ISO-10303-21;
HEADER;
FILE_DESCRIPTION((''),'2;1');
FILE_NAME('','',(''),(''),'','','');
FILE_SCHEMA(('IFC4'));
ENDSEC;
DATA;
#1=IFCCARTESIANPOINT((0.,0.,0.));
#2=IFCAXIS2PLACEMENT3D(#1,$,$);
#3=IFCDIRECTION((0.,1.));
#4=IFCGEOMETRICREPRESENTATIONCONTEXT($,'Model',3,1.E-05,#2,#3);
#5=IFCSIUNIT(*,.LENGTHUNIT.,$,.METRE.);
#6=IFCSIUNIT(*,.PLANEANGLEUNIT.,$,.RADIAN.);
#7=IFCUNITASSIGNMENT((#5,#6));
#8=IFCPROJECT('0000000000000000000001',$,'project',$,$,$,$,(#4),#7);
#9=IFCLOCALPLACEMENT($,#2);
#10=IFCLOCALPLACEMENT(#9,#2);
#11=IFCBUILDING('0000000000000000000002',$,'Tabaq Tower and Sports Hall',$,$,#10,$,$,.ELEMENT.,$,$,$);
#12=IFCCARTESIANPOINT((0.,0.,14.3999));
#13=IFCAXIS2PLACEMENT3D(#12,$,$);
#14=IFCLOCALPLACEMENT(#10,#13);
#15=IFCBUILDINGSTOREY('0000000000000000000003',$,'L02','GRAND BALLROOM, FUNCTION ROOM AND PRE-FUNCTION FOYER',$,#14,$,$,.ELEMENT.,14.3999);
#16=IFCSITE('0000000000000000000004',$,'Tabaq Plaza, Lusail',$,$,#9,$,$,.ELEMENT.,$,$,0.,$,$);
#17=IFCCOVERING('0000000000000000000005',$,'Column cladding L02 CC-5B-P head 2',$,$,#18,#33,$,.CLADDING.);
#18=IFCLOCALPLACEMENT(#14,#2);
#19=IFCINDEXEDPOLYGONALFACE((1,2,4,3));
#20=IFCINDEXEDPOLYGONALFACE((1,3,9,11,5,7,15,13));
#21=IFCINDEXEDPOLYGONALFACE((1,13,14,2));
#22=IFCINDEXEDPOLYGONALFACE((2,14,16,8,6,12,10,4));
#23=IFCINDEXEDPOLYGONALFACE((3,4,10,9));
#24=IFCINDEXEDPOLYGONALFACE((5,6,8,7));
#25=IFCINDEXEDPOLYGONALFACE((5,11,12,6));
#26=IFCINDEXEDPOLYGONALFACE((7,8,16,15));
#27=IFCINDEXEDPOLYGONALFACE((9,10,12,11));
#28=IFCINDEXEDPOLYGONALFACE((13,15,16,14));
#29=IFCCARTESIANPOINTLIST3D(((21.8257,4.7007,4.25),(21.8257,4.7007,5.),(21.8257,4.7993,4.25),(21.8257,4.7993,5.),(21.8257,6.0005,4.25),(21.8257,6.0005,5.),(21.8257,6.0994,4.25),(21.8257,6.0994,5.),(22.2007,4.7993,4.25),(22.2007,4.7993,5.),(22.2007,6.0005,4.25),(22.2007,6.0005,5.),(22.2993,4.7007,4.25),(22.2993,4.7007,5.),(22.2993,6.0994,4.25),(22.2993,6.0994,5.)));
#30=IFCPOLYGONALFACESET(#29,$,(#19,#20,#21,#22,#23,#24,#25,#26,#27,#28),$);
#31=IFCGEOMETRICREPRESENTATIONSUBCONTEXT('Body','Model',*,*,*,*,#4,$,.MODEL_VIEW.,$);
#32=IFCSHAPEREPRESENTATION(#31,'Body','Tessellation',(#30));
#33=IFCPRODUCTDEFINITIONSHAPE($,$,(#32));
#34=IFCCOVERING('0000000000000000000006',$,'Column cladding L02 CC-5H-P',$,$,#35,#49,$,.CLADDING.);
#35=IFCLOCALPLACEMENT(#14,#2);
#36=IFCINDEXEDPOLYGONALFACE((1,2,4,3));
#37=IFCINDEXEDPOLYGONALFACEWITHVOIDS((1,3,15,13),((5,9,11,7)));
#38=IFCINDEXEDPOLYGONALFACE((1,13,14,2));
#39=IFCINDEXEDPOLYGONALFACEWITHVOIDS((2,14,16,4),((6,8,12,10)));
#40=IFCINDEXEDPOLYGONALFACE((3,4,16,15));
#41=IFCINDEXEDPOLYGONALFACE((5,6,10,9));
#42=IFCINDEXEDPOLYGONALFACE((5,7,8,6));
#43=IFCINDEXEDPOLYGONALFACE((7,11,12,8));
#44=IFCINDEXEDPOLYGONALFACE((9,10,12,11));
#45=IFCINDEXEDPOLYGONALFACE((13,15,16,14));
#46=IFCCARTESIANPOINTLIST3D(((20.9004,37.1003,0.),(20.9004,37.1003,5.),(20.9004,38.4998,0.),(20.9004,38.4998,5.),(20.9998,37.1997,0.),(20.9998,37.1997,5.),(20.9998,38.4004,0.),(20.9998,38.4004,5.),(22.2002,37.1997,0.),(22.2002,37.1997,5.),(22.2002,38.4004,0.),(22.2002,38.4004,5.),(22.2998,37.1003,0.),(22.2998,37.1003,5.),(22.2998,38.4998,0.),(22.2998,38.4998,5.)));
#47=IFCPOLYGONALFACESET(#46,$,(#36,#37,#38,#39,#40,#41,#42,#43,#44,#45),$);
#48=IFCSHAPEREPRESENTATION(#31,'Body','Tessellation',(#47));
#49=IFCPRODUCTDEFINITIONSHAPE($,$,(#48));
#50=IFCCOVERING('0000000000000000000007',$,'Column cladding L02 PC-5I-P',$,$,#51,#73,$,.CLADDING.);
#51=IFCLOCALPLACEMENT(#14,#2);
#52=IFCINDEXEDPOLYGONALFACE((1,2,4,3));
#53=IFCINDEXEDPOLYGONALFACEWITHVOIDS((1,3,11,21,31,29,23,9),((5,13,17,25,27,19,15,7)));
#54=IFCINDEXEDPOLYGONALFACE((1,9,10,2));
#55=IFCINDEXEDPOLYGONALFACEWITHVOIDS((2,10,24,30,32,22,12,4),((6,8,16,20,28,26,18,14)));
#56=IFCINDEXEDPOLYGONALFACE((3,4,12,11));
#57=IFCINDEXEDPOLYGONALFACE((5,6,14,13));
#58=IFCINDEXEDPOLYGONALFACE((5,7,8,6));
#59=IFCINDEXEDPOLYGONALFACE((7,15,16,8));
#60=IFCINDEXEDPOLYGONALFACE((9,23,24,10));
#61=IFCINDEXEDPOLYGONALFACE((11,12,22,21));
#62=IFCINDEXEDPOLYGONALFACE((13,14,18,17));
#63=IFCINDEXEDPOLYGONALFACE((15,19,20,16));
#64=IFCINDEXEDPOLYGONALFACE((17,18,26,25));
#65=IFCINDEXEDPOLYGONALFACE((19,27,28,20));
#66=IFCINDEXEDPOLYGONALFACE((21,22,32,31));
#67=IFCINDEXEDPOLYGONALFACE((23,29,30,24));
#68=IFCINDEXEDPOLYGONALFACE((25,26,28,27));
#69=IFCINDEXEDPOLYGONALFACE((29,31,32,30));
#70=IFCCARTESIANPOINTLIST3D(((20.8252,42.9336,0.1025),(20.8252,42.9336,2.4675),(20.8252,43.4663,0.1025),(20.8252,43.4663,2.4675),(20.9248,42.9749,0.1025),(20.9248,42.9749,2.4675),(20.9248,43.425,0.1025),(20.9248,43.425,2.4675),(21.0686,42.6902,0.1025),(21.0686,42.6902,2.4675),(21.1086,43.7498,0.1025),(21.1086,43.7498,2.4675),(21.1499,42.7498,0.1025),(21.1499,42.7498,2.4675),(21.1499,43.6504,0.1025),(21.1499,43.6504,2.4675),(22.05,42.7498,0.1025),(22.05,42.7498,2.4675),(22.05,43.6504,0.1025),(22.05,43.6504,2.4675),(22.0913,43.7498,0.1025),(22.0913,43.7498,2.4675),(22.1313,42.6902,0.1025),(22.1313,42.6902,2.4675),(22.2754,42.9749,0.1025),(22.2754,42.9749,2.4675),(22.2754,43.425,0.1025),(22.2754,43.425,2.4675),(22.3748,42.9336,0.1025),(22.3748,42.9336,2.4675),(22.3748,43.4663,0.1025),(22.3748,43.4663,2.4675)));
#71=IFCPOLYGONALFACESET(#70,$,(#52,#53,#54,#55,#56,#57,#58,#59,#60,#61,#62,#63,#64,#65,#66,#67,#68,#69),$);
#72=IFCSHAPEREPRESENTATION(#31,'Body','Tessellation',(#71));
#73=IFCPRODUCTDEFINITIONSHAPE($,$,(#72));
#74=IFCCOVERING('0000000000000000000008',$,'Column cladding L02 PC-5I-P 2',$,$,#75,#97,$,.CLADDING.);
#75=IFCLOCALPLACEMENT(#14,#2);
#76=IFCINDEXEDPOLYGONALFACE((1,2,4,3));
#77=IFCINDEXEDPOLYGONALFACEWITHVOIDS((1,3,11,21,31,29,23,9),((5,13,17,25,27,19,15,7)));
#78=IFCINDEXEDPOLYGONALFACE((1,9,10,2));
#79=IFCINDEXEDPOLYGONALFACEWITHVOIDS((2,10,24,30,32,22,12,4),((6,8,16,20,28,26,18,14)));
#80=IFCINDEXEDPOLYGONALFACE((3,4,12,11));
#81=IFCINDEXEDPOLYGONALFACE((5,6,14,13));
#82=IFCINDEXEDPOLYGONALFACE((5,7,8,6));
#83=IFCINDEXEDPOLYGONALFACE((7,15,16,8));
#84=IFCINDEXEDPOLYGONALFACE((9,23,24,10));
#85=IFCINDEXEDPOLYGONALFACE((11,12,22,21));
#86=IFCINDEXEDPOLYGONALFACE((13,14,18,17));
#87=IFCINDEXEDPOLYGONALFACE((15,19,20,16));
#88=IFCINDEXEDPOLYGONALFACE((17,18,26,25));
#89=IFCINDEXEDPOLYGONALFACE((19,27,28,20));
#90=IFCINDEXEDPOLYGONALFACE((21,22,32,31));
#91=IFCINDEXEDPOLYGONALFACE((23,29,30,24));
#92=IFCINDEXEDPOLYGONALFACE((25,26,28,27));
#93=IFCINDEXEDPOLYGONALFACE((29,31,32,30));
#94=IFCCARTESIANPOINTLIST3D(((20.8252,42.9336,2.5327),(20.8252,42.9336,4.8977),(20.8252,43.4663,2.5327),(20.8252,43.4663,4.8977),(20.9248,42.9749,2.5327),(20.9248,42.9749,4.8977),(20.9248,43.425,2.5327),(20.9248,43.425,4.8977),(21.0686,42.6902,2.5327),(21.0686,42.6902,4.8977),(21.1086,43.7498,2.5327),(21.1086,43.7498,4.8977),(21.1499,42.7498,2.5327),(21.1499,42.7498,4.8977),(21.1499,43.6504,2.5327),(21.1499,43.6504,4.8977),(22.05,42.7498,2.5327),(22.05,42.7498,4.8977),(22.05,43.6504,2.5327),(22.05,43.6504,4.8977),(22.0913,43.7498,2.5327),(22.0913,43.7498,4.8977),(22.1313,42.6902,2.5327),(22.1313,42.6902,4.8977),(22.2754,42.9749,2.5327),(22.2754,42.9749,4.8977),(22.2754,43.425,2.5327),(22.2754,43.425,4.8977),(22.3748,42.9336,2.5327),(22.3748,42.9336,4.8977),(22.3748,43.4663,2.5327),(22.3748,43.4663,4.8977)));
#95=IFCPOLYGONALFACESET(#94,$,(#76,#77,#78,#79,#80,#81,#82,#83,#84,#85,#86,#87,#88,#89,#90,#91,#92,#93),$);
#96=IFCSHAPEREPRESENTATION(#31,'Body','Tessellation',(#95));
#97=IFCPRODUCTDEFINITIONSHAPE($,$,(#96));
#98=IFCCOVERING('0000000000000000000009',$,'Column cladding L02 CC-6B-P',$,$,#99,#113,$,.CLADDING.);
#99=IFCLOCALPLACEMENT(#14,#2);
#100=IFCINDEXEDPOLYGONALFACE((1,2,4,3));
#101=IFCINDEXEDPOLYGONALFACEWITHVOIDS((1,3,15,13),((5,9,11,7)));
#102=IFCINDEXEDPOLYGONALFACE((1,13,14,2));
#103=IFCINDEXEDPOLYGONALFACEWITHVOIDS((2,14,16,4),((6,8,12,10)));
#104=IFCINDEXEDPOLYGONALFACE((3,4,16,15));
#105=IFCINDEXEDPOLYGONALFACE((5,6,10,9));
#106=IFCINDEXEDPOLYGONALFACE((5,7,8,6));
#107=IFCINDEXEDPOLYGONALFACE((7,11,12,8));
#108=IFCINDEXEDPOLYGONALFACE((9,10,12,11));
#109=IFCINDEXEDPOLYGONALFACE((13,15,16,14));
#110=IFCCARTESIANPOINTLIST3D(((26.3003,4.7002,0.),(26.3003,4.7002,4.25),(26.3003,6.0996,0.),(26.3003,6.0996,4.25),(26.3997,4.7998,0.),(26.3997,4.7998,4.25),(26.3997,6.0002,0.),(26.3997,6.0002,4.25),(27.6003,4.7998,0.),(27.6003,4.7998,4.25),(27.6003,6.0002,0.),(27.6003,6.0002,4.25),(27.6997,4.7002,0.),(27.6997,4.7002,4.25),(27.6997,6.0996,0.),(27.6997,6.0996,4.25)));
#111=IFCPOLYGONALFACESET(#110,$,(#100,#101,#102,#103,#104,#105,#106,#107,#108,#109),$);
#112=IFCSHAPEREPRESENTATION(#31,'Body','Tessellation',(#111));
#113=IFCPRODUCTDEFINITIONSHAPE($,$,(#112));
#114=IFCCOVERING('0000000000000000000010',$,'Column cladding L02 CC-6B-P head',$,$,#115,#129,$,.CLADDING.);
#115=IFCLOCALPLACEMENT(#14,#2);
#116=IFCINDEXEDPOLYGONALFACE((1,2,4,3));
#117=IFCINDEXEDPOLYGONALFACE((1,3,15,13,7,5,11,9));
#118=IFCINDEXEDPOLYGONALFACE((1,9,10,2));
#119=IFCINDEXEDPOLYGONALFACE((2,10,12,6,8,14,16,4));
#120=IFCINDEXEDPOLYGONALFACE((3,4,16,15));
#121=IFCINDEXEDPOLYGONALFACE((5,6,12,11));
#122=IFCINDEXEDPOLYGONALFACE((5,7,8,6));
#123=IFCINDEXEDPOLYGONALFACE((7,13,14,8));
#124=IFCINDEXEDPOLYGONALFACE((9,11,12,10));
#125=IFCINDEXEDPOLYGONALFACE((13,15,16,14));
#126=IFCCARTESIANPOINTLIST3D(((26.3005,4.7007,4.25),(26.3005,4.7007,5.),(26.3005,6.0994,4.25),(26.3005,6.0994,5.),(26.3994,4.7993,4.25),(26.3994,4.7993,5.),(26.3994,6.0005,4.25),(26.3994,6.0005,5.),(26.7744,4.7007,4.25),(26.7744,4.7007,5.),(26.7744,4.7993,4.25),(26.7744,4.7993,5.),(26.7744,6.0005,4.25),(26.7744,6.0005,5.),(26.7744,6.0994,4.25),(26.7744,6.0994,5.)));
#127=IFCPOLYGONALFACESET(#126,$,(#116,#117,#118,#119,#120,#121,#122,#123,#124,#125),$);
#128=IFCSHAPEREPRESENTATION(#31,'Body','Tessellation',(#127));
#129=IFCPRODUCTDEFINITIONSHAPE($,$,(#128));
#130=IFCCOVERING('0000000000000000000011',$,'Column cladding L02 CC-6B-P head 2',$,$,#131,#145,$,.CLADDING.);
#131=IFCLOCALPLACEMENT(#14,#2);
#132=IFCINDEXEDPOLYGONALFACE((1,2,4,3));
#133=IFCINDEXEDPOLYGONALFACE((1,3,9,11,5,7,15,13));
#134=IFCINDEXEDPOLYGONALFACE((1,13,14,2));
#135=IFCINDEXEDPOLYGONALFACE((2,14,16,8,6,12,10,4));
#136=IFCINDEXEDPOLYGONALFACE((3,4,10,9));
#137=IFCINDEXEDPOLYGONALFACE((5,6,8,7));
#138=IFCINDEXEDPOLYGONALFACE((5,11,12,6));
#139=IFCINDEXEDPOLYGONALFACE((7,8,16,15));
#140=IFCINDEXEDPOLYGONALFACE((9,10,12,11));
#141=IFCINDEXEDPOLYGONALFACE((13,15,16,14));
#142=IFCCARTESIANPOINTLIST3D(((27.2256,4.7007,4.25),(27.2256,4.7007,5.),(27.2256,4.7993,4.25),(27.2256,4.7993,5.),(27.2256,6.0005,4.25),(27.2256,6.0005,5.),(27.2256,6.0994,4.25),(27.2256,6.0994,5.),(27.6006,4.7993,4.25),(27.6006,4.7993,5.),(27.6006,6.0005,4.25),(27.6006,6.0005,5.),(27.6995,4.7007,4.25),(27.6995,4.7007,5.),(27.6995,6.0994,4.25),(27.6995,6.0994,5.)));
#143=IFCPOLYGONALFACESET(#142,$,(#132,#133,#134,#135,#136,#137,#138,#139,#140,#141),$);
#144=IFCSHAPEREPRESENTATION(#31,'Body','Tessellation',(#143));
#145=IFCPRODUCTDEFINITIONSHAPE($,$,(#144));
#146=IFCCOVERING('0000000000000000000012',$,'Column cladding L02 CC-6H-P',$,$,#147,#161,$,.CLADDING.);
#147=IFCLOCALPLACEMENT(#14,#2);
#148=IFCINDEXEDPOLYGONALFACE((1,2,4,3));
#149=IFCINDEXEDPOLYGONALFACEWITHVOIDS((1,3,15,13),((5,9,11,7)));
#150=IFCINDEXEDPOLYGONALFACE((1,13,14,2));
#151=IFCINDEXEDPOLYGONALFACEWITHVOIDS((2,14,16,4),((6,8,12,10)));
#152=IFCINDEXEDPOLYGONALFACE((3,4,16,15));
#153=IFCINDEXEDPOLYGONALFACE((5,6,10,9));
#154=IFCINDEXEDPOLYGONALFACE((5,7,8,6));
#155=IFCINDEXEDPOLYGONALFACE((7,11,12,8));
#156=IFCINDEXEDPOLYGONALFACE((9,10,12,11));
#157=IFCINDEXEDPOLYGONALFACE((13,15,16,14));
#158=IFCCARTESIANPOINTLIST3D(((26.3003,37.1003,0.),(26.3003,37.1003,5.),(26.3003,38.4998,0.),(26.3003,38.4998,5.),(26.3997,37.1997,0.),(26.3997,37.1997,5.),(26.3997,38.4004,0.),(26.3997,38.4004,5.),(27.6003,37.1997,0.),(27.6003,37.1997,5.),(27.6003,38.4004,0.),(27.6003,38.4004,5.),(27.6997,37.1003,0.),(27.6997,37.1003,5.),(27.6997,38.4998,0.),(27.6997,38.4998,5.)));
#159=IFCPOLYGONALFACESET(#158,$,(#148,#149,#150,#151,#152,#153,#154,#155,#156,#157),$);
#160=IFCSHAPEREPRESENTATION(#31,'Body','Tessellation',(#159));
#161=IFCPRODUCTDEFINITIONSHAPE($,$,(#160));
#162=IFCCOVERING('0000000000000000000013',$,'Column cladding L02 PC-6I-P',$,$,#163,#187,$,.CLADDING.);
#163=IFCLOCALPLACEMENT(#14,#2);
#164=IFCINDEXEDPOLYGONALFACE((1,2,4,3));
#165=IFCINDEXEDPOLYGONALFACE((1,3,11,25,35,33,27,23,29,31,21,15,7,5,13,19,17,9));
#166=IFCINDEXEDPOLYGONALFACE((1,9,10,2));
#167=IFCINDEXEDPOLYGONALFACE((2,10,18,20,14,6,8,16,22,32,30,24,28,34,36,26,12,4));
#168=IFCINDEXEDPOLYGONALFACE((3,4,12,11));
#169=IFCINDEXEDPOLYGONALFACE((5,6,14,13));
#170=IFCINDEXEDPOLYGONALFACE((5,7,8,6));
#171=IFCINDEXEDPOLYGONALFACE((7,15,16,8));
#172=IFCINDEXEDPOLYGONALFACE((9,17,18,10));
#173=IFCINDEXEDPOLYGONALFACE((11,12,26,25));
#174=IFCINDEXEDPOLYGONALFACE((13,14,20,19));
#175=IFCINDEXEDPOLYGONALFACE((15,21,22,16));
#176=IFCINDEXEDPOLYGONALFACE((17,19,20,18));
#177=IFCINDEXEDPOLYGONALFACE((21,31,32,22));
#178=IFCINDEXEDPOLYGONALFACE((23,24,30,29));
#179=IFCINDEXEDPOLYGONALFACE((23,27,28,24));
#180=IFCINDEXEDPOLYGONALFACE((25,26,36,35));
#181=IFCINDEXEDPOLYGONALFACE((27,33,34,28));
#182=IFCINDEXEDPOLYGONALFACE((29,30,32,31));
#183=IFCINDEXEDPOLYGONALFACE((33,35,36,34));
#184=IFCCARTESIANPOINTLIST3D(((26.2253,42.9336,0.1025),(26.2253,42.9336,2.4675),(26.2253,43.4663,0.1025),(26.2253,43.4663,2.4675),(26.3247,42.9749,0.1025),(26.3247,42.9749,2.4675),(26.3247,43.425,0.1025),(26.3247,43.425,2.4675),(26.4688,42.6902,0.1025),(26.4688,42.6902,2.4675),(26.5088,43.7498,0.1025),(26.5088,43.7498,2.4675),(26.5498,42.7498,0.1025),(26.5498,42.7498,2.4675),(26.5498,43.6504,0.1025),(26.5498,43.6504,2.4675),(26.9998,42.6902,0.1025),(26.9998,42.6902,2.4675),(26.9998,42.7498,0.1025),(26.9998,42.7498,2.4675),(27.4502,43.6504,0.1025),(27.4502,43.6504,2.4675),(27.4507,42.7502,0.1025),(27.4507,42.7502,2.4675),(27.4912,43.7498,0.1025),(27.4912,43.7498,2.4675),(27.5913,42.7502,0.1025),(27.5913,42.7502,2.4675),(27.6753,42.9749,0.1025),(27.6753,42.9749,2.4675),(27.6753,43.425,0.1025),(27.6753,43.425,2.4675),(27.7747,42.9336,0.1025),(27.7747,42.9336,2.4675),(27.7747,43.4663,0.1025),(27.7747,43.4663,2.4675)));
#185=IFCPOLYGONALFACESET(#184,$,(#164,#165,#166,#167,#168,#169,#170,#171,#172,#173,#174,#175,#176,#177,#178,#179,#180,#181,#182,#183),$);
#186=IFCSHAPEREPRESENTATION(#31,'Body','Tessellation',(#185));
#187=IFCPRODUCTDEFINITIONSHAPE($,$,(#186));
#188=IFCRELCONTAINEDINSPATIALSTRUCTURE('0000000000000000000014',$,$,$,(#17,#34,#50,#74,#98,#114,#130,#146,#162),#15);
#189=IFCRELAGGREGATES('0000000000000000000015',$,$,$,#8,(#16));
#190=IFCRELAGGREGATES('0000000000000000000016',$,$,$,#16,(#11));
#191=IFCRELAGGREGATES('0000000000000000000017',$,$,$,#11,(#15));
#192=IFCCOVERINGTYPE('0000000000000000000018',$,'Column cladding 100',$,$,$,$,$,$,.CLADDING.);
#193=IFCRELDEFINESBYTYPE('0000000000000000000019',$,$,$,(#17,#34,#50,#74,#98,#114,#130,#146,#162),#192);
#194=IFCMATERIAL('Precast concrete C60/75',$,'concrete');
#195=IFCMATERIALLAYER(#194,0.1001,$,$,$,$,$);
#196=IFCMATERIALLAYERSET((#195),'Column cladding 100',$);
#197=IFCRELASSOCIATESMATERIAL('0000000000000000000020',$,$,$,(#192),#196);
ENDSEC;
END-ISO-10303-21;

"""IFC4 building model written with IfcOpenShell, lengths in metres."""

from ifc_helpers import new_model, si_unit, direction, frame, origin, place, context, subcontext, project, spatial, polyline, outline, extrude, material, layer, layer_set, type_object, element, save


model = new_model("IFC4")

# Units and contexts
model_context = context("Model", 3, precision=1e-05, world=origin(), true_north=direction((0.0, 1.0)))
body_context = subcontext(model_context, "Body", "Model", "MODEL_VIEW")
ifc_project = project(units=[si_unit("LENGTHUNIT", "METRE"), si_unit("PLANEANGLEUNIT", "RADIAN")], contexts=[model_context])

# Site, building, storey
site_placement = place(None, origin())
site = spatial("IfcSite", under=ifc_project, at=site_placement, Name="Tabaq Plaza, Lusail", CompositionType="ELEMENT", RefElevation=0.0)
building_placement = place(site_placement, origin())
building = spatial("IfcBuilding", under=site, at=building_placement, Name="Tabaq Tower and Sports Hall", CompositionType="ELEMENT")
storey_placement = place(building_placement, frame((0.0, 0.0, 14.3999)))
storey = spatial("IfcBuildingStorey", under=building, at=storey_placement, Name="L02", Description="GRAND BALLROOM, FUNCTION ROOM AND PRE-FUNCTION FOYER", CompositionType="ELEMENT", Elevation=14.3999)

# Coverings
ifc_material = material(Name="Precast concrete C60/75", Category="concrete")
ifc_layer = layer(ifc_material, 0.1001)
ifc_layer_set = layer_set([ifc_layer], Name="Column cladding 100")
covering_type = type_object("IfcCoveringType", Name="Column cladding 100", PredefinedType="CLADDING", material=ifc_layer_set)
covering_1_placement = place(storey_placement, frame((0.0, 0.0, 4.25)))
element("IfcCovering", 1, at=covering_1_placement, inside=storey, type_object=covering_type, Name="Column cladding L02 CC-5B-P head 2", PredefinedType="CLADDING", context=body_context, shape_type="SweptSolid", body=[
    extrude(outline(polyline([(21.8257, 4.7993), (22.2007, 4.7993), (22.2007, 6.0005), (21.8257, 6.0005), (21.8257, 6.0994), (22.2993, 6.0994), (22.2993, 4.7007), (21.8257, 4.7007), (21.8257, 4.7993)])), origin(), (0.0, 0.0, 1.0), 0.75),
])
covering_2_placement = place(storey_placement, origin())
element("IfcCovering", 2, at=covering_2_placement, inside=storey, type_object=covering_type, Name="Column cladding L02 CC-5H-P", PredefinedType="CLADDING", context=body_context, shape_type="SweptSolid", body=[
    extrude(outline(polyline([(20.9004, 38.4998), (22.2998, 38.4998), (22.2998, 37.1003), (20.9004, 37.1003), (20.9004, 38.4998)]), holes=[polyline([(22.2002, 37.1997), (22.2002, 38.4004), (20.9998, 38.4004), (20.9998, 37.1997), (22.2002, 37.1997)])]), origin(), (0.0, 0.0, 1.0), 5.0),
])
for number, where, name in (
    (3, (0.0, 0.0, 0.1025), "Column cladding L02 PC-5I-P"),
    (4, (0.0, 0.0, 2.5327), "Column cladding L02 PC-5I-P 2"),
):
    element("IfcCovering", number, at=place(storey_placement, frame(where)), inside=storey, type_object=covering_type, Name=name, PredefinedType="CLADDING", context=body_context, shape_type="SweptSolid", body=[
        extrude(outline(polyline([(20.8252, 43.4663), (21.1086, 43.7498), (22.0913, 43.7498), (22.3748, 43.4663), (22.3748, 42.9336), (22.1313, 42.6902), (21.0686, 42.6902), (20.8252, 42.9336), (20.8252, 43.4663)]), holes=[polyline([(22.2754, 42.9749), (22.2754, 43.425), (22.05, 43.6504), (21.1499, 43.6504), (20.9248, 43.425), (20.9248, 42.9749), (21.1499, 42.7498), (22.05, 42.7498), (22.2754, 42.9749)])]), origin(), (0.0, 0.0, 1.0), 2.365),
    ])
covering_3_placement = place(storey_placement, origin())
element("IfcCovering", 5, at=covering_3_placement, inside=storey, type_object=covering_type, Name="Column cladding L02 CC-6B-P", PredefinedType="CLADDING", context=body_context, shape_type="SweptSolid", body=[
    extrude(outline(polyline([(26.3003, 6.0996), (27.6997, 6.0996), (27.6997, 4.7002), (26.3003, 4.7002), (26.3003, 6.0996)]), holes=[polyline([(27.6003, 4.7998), (27.6003, 6.0002), (26.3997, 6.0002), (26.3997, 4.7998), (27.6003, 4.7998)])]), origin(), (0.0, 0.0, 1.0), 4.25),
])
covering_4_placement = place(storey_placement, frame((0.0, 0.0, 4.25)))
element("IfcCovering", 6, at=covering_4_placement, inside=storey, type_object=covering_type, Name="Column cladding L02 CC-6B-P head", PredefinedType="CLADDING", context=body_context, shape_type="SweptSolid", body=[
    extrude(outline(polyline([(26.7744, 4.7993), (26.7744, 4.7007), (26.3005, 4.7007), (26.3005, 6.0994), (26.7744, 6.0994), (26.7744, 6.0005), (26.3994, 6.0005), (26.3994, 4.7993), (26.7744, 4.7993)])), origin(), (0.0, 0.0, 1.0), 0.75),
])
covering_5_placement = place(storey_placement, frame((0.0, 0.0, 4.25)))
element("IfcCovering", 7, at=covering_5_placement, inside=storey, type_object=covering_type, Name="Column cladding L02 CC-6B-P head 2", PredefinedType="CLADDING", context=body_context, shape_type="SweptSolid", body=[
    extrude(outline(polyline([(27.2256, 4.7993), (27.6006, 4.7993), (27.6006, 6.0005), (27.2256, 6.0005), (27.2256, 6.0994), (27.6995, 6.0994), (27.6995, 4.7007), (27.2256, 4.7007), (27.2256, 4.7993)])), origin(), (0.0, 0.0, 1.0), 0.75),
])
covering_6_placement = place(storey_placement, origin())
element("IfcCovering", 8, at=covering_6_placement, inside=storey, type_object=covering_type, Name="Column cladding L02 CC-6H-P", PredefinedType="CLADDING", context=body_context, shape_type="SweptSolid", body=[
    extrude(outline(polyline([(26.3003, 38.4998), (27.6997, 38.4998), (27.6997, 37.1003), (26.3003, 37.1003), (26.3003, 38.4998)]), holes=[polyline([(27.6003, 37.1997), (27.6003, 38.4004), (26.3997, 38.4004), (26.3997, 37.1997), (27.6003, 37.1997)])]), origin(), (0.0, 0.0, 1.0), 5.0),
])
for number, where, name in (
    (9, (0.0, 0.0, 0.1025), "Column cladding L02 PC-6I-P"),
):
    element("IfcCovering", number, at=place(storey_placement, frame(where)), inside=storey, type_object=covering_type, Name=name, PredefinedType="CLADDING", context=body_context, shape_type="SweptSolid", body=[
        extrude(outline(polyline([(26.2253, 43.4663), (26.5088, 43.7498), (27.4912, 43.7498), (27.7747, 43.4663), (27.7747, 42.9336), (27.5913, 42.7502), (27.4507, 42.7502), (27.6753, 42.9749), (27.6753, 43.425), (27.4502, 43.6504), (26.5498, 43.6504), (26.3247, 43.425), (26.3247, 42.9749), (26.5498, 42.7498), (26.9998, 42.7498), (26.9998, 42.6902), (26.4688, 42.6902), (26.2253, 42.9336), (26.2253, 43.4663)])), origin(), (0.0, 0.0, 1.0), 2.365),
    ])

save(model, "model.ifc")
